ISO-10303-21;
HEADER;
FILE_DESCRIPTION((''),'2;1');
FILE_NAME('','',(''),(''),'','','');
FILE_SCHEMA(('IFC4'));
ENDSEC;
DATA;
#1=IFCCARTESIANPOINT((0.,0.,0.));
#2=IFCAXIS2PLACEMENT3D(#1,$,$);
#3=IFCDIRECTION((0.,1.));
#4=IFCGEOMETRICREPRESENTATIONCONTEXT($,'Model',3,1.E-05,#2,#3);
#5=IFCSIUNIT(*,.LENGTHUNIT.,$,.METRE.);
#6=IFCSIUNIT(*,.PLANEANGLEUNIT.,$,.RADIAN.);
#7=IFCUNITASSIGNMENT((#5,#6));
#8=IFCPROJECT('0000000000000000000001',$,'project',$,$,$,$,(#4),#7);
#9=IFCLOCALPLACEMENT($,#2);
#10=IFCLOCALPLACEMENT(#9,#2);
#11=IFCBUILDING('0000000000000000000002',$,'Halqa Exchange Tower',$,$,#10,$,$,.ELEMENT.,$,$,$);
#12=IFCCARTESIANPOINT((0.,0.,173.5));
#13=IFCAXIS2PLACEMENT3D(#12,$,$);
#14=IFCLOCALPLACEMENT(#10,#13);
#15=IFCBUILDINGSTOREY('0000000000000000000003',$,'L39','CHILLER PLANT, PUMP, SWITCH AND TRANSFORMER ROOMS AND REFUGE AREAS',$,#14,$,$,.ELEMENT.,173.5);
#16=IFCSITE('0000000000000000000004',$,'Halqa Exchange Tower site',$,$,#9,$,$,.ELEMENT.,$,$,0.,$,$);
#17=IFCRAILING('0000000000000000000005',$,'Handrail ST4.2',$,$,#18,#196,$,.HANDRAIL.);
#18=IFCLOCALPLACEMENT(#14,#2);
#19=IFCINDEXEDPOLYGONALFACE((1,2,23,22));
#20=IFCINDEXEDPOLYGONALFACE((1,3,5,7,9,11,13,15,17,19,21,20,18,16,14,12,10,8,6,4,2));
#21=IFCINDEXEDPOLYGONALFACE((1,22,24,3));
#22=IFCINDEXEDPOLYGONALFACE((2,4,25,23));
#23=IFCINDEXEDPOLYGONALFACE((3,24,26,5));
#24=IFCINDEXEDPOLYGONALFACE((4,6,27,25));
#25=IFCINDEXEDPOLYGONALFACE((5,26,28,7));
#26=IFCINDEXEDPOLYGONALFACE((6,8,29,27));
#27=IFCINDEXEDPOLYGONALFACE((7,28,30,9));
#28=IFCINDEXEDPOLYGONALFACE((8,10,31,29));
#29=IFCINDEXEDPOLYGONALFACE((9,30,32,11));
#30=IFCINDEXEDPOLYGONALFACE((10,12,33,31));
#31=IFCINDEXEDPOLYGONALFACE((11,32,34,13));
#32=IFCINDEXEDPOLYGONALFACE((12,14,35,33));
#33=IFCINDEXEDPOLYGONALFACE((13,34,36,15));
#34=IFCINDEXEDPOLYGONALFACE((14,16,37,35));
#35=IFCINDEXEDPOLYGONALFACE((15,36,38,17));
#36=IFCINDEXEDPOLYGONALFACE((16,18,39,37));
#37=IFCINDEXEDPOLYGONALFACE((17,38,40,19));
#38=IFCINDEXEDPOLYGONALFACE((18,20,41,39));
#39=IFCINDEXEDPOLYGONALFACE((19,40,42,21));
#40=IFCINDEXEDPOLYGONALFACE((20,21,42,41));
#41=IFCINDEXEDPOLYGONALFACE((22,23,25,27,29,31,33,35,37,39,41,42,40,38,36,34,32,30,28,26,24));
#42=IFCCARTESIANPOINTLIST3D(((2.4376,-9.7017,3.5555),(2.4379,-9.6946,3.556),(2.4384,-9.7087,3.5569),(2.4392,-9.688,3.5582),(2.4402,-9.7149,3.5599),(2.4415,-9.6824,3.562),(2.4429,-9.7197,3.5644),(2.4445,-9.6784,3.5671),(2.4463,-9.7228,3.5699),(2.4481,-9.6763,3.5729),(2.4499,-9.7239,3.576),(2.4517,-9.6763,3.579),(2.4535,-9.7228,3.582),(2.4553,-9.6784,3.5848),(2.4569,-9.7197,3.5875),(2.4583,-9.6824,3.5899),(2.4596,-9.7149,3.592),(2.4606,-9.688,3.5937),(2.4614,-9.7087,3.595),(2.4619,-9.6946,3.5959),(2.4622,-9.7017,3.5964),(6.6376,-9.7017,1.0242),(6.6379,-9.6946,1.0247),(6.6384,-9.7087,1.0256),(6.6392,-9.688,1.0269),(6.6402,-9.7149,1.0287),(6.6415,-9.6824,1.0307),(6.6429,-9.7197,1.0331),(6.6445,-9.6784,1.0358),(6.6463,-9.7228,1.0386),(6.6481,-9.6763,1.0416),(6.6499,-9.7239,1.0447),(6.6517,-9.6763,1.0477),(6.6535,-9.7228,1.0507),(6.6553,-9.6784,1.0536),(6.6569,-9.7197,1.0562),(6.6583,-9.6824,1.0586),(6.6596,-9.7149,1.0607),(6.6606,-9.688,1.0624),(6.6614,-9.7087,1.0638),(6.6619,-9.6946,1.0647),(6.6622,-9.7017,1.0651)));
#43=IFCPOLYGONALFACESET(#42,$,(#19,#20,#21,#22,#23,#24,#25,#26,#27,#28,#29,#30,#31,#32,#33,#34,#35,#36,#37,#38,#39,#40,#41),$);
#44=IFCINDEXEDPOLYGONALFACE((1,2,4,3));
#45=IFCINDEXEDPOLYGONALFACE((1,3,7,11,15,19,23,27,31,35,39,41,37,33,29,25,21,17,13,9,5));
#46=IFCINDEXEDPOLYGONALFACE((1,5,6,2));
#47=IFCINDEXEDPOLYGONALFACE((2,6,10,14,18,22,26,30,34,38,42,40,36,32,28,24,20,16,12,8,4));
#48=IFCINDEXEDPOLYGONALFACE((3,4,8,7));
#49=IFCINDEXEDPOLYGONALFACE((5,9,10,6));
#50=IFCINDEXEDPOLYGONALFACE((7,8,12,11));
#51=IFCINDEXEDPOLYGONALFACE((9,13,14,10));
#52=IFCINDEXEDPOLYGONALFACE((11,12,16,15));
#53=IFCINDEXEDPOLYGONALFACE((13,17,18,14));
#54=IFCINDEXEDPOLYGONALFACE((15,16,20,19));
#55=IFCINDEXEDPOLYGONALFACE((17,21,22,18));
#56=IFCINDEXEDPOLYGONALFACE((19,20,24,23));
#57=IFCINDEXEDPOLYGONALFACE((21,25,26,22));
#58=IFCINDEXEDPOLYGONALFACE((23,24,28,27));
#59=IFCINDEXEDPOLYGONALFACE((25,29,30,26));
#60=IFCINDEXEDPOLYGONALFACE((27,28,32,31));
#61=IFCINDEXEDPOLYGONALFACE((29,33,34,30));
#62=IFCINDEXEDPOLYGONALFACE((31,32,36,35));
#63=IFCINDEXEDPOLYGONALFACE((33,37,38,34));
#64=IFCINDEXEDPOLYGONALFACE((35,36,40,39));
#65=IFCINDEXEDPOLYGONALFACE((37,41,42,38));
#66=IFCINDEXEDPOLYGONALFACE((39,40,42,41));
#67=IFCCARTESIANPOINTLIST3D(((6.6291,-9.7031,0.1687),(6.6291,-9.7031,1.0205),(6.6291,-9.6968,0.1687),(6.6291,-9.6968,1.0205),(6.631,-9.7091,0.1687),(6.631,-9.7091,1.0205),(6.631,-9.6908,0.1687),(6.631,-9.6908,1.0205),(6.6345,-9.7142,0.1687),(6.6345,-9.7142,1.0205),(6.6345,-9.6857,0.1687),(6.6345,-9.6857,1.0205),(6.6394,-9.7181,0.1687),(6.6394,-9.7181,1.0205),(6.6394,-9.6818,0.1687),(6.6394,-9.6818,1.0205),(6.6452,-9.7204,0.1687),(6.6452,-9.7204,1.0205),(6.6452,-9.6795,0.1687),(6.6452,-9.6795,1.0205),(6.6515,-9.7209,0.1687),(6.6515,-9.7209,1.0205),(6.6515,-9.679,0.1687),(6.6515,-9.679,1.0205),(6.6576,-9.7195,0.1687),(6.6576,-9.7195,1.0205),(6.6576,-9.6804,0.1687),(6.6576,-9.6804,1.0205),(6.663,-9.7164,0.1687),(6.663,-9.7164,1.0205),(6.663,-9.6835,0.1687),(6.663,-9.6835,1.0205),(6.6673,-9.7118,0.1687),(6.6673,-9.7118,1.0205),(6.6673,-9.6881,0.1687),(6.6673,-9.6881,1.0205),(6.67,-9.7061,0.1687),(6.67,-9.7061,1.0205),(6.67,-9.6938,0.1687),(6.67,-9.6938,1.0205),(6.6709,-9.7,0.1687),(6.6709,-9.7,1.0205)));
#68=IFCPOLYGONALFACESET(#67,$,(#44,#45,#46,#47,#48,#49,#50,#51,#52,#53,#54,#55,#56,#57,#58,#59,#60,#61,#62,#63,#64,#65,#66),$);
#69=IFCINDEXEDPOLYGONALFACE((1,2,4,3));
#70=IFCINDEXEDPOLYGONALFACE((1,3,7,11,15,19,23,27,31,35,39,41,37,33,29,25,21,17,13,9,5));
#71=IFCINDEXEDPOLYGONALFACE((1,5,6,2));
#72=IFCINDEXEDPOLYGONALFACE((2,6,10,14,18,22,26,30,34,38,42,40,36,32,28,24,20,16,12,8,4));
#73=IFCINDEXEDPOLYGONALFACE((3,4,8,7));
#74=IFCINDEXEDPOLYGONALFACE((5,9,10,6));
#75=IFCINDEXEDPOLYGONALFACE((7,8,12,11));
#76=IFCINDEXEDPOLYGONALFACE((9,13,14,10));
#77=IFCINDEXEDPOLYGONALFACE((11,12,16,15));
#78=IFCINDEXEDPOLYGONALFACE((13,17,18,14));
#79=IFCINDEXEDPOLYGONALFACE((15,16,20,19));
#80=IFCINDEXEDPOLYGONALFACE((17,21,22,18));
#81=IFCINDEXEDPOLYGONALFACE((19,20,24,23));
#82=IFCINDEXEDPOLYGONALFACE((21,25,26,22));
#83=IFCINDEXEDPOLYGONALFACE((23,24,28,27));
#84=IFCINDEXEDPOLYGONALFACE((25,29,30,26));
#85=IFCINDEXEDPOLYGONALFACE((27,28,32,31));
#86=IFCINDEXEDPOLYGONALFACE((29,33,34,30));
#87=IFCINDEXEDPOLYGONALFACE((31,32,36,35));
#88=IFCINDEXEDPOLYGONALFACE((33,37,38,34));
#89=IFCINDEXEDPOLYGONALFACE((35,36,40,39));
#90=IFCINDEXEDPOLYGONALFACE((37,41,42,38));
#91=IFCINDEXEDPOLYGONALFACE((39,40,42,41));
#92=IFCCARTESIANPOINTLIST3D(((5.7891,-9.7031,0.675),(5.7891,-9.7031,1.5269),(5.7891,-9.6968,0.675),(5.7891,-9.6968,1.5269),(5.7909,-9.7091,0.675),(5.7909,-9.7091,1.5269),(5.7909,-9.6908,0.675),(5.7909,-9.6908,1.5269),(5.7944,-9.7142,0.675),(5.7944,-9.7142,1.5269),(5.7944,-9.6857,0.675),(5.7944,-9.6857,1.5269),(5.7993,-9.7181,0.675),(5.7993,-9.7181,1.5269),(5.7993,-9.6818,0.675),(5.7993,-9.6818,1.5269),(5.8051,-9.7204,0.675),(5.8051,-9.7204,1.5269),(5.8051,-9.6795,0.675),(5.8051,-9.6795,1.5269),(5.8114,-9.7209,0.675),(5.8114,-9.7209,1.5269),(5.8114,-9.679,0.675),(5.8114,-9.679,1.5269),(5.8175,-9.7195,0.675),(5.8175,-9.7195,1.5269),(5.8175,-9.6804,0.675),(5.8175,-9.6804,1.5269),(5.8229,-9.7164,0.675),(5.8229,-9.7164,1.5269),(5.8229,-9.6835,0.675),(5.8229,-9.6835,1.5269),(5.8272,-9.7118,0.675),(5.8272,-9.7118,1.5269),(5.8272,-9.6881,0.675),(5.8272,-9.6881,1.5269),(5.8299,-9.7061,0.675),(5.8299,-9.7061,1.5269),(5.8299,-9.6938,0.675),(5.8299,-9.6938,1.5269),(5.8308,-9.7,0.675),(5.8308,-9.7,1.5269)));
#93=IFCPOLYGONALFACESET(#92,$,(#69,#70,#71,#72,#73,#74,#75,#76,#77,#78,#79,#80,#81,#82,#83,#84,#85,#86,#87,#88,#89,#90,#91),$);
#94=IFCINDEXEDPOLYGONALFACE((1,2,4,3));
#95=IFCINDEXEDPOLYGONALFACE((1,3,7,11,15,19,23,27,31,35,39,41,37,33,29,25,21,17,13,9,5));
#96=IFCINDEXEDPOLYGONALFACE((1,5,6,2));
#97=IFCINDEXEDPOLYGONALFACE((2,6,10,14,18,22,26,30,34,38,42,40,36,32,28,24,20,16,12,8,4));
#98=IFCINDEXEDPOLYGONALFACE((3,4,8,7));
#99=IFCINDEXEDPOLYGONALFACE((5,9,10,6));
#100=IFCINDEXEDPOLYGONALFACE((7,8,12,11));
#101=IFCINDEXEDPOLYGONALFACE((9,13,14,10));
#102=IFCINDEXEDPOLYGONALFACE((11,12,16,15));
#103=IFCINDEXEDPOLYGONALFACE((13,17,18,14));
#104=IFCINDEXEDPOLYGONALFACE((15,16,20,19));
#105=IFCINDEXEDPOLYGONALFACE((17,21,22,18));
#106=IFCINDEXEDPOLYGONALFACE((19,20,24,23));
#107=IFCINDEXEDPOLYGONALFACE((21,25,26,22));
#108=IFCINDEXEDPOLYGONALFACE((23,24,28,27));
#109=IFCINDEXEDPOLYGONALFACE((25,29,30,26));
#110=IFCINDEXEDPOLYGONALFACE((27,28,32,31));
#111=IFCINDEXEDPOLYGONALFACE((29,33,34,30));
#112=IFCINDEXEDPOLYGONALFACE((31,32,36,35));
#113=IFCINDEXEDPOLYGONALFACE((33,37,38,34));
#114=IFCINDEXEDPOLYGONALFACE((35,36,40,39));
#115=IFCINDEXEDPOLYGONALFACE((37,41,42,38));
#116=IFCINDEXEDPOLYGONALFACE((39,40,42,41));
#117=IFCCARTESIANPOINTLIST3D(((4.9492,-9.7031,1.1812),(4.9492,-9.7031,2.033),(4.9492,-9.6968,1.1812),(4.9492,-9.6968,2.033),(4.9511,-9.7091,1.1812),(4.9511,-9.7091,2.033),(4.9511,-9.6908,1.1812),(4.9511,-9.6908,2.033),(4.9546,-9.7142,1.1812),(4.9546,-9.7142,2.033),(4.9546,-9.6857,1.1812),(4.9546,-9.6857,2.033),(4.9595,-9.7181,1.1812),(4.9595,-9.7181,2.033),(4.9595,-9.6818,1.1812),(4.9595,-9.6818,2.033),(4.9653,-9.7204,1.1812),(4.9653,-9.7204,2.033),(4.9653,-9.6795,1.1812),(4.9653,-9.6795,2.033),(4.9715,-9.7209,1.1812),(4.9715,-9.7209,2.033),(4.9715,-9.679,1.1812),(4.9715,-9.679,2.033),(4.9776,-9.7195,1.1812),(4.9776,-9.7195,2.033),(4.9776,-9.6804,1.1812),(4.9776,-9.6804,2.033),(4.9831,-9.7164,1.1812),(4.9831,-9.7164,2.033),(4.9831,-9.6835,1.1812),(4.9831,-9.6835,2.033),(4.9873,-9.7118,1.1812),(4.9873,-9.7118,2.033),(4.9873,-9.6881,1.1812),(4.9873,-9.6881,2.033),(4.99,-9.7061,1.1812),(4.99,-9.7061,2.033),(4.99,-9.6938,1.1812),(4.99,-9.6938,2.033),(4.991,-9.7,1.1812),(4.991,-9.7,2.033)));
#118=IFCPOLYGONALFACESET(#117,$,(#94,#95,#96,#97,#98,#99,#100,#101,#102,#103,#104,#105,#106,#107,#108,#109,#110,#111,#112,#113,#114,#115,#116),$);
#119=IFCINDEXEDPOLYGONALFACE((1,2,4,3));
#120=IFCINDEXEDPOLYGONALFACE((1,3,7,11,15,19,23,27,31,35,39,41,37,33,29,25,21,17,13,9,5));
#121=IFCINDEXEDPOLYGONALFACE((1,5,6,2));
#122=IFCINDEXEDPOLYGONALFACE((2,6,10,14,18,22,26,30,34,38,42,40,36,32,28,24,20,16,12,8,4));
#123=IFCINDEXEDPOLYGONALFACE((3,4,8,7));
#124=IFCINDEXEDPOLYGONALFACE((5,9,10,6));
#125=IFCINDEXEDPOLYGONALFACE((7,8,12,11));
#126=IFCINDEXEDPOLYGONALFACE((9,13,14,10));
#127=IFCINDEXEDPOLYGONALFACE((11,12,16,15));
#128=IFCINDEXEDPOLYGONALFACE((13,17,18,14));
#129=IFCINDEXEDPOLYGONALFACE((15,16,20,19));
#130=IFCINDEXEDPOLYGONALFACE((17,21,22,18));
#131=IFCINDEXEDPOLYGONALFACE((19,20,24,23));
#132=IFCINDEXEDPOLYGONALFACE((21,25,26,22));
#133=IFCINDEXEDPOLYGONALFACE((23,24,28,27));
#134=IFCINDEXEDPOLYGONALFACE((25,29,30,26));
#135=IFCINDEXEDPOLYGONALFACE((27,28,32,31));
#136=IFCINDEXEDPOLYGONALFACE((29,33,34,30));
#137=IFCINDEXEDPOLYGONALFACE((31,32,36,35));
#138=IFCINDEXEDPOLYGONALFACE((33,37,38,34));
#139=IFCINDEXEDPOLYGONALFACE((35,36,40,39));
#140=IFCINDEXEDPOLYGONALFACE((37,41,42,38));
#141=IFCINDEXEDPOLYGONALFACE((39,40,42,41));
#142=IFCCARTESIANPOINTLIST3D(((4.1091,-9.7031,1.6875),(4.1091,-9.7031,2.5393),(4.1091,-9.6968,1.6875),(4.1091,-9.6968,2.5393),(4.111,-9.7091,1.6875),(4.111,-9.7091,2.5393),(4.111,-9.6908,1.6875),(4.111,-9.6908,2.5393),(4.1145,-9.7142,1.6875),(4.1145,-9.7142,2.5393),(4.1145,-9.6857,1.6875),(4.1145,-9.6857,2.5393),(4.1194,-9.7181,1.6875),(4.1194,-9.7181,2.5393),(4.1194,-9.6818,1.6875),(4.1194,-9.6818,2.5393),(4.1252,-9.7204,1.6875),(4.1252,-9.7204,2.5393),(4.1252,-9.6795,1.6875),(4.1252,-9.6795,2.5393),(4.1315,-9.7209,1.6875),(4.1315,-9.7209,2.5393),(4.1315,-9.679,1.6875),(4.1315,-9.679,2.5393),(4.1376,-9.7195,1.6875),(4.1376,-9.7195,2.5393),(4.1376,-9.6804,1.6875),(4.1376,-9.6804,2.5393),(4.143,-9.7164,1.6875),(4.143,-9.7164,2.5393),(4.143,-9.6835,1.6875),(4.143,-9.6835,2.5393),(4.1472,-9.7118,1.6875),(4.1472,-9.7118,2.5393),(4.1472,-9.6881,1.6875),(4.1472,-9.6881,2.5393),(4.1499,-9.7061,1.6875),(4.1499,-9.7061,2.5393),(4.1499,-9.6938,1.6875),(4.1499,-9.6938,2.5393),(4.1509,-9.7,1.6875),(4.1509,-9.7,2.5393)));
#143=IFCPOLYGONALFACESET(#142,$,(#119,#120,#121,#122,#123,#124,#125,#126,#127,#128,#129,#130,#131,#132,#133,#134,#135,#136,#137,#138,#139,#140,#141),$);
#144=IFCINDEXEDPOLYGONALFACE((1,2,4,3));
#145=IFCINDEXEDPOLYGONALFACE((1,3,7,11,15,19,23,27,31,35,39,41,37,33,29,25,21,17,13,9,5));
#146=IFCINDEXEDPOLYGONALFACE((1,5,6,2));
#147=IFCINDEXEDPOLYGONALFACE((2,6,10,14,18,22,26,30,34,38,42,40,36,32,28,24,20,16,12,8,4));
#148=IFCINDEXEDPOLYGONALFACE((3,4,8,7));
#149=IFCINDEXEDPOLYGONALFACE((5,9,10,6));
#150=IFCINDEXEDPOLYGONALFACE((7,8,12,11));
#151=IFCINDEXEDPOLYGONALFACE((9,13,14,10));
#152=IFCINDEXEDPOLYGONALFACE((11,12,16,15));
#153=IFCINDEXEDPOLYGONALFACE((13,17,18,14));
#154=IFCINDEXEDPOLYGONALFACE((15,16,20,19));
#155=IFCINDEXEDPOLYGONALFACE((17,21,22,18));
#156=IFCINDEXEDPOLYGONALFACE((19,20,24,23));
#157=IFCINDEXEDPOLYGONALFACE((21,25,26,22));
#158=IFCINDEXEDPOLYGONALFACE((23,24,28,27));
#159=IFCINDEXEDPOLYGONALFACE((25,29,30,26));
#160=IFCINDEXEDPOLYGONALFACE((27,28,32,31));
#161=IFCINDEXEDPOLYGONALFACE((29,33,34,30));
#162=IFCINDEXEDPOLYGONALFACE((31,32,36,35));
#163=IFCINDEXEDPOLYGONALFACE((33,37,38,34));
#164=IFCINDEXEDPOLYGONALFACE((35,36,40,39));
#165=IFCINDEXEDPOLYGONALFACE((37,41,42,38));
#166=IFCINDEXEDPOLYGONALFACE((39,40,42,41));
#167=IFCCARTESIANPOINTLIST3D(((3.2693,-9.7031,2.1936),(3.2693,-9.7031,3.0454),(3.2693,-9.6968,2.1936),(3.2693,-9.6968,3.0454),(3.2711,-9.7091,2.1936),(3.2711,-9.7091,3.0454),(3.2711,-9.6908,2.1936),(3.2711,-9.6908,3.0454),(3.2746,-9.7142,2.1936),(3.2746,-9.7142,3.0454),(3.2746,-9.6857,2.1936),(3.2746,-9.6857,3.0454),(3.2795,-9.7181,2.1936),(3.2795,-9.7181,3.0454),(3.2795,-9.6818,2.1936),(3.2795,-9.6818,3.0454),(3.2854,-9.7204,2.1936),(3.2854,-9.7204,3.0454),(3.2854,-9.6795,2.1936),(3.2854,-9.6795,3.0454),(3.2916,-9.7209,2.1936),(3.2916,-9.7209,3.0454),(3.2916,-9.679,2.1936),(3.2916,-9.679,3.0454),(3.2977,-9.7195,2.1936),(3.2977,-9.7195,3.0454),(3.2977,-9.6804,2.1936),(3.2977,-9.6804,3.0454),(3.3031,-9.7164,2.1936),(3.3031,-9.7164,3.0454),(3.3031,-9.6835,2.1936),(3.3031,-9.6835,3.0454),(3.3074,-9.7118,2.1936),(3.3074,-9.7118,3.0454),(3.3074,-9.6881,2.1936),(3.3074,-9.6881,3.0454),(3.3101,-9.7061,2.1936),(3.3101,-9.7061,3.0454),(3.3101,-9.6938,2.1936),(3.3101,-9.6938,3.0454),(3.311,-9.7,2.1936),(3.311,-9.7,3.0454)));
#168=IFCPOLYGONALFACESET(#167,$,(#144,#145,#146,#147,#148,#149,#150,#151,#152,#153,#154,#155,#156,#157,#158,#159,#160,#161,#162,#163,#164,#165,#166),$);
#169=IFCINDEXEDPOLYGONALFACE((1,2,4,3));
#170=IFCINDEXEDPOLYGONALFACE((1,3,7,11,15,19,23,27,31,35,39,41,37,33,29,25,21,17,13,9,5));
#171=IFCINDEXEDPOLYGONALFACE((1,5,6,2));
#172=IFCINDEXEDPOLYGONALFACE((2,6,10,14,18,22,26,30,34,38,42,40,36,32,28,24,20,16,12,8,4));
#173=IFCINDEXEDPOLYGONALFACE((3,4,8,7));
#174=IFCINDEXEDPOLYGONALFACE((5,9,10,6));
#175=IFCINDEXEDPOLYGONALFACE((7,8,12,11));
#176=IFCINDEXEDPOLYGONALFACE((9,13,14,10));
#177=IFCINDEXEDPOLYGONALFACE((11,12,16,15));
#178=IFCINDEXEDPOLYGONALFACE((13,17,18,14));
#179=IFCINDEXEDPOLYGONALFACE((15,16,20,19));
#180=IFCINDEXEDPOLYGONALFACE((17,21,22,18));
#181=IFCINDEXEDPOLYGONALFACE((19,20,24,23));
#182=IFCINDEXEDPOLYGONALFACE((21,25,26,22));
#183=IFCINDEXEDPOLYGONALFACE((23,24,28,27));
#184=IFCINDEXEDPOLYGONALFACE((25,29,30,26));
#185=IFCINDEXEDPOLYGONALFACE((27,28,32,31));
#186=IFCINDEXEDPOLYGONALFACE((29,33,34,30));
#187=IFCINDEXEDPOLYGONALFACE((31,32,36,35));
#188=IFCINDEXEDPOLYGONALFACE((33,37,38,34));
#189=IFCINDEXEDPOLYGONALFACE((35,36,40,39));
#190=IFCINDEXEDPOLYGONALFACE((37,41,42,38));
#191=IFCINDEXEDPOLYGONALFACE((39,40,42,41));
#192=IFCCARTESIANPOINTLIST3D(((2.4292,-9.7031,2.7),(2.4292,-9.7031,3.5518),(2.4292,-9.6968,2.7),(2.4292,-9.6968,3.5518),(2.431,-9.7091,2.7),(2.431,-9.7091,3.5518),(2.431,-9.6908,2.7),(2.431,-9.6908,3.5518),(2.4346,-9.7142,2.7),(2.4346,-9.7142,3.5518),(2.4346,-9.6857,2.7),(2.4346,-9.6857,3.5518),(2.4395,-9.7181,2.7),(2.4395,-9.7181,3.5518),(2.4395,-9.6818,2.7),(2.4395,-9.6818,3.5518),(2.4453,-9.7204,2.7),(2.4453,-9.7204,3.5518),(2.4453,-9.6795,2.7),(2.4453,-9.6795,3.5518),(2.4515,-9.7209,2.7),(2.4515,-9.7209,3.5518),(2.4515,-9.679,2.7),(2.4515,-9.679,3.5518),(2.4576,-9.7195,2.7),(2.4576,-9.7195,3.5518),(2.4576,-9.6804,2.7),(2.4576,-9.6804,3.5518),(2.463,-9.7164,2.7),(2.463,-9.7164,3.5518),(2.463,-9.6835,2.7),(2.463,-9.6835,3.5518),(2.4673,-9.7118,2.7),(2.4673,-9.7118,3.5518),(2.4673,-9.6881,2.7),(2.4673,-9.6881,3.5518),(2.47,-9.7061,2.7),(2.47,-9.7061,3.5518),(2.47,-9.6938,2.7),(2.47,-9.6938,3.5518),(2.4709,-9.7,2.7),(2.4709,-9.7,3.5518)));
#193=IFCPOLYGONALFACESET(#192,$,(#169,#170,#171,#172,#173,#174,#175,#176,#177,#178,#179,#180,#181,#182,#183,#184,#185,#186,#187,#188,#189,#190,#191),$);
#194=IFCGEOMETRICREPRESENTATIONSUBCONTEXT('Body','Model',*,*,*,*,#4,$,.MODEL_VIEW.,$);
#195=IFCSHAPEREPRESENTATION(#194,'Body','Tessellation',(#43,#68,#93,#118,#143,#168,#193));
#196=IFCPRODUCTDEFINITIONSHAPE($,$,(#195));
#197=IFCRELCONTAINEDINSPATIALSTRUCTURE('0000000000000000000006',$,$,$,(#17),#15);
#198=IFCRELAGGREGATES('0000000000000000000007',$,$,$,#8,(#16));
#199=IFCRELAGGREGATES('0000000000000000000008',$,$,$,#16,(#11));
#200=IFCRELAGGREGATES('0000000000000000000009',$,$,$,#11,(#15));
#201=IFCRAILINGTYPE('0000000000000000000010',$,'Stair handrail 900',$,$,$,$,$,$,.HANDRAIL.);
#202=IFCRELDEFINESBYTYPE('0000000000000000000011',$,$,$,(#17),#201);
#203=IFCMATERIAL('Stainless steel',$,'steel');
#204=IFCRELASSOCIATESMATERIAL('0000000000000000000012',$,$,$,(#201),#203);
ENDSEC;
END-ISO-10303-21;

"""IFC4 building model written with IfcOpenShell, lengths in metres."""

from ifc_helpers import new_model, si_unit, direction, frame, origin, origin_2d, place, context, subcontext, project, spatial, circle, extrude, material, type_object, element, save


model = new_model("IFC4")

# Units and contexts
model_context = context("Model", 3, precision=1e-05, world=origin(), true_north=direction((0.0, 1.0)))
body_context = subcontext(model_context, "Body", "Model", "MODEL_VIEW")
ifc_project = project(units=[si_unit("LENGTHUNIT", "METRE"), si_unit("PLANEANGLEUNIT", "RADIAN")], contexts=[model_context])

# Site, building, storey
site_placement = place(None, origin())
site = spatial("IfcSite", under=ifc_project, at=site_placement, Name="Halqa Exchange Tower site", CompositionType="ELEMENT", RefElevation=0.0)
building_placement = place(site_placement, origin())
building = spatial("IfcBuilding", under=site, at=building_placement, Name="Halqa Exchange Tower", CompositionType="ELEMENT")
storey_placement = place(building_placement, frame((0.0, 0.0, 173.5)))
storey = spatial("IfcBuildingStorey", under=building, at=storey_placement, Name="L39", Description="CHILLER PLANT, PUMP, SWITCH AND TRANSFORMER ROOMS AND REFUGE AREAS", CompositionType="ELEMENT", Elevation=173.5)

# Railing
ifc_material_1 = material(Name="Stainless steel", Category="steel")
railing_type_1 = type_object("IfcRailingType", Name="Stair handrail 900", PredefinedType="HANDRAIL", material=ifc_material_1)
railing_1_placement = place(storey_placement, frame((6.6499, -9.7, 0.1687)))
element("IfcRailing", 1, at=railing_1_placement, inside=storey, type_object=railing_type_1, Name="Handrail ST4.2", PredefinedType="HANDRAIL", context=body_context, shape_type="SweptSolid", body=[
    extrude(circle(Radius=0.0239, at=origin_2d()), frame((0.0, 0.0, 0.876), z_axis=(-0.856476, 0.0, 0.516186), x_axis=(0.0, -1.0, 0.0)), (0.0, 0.0, 1.0), 4.9038),
    extrude(circle(Radius=0.021, at=origin_2d()), origin(), (0.0, 0.0, 1.0), 0.8518),
    extrude(circle(Radius=0.021, at=origin_2d()), frame((-0.8401, 0.0, 0.5063)), (0.0, 0.0, 1.0), 0.8518),
    extrude(circle(Radius=0.021, at=origin_2d()), frame((-1.6799, 0.0, 1.0125)), (0.0, 0.0, 1.0), 0.8518),
    extrude(circle(Radius=0.021, at=origin_2d()), frame((-2.52, 0.0, 1.5188)), (0.0, 0.0, 1.0), 0.8518),
    extrude(circle(Radius=0.021, at=origin_2d()), frame((-3.3599, 0.0, 2.0249)), (0.0, 0.0, 1.0), 0.8518),
    extrude(circle(Radius=0.021, at=origin_2d()), frame((-4.2, 0.0, 2.5312)), (0.0, 0.0, 1.0), 0.8518),
])

save(model, "model.ifc")
